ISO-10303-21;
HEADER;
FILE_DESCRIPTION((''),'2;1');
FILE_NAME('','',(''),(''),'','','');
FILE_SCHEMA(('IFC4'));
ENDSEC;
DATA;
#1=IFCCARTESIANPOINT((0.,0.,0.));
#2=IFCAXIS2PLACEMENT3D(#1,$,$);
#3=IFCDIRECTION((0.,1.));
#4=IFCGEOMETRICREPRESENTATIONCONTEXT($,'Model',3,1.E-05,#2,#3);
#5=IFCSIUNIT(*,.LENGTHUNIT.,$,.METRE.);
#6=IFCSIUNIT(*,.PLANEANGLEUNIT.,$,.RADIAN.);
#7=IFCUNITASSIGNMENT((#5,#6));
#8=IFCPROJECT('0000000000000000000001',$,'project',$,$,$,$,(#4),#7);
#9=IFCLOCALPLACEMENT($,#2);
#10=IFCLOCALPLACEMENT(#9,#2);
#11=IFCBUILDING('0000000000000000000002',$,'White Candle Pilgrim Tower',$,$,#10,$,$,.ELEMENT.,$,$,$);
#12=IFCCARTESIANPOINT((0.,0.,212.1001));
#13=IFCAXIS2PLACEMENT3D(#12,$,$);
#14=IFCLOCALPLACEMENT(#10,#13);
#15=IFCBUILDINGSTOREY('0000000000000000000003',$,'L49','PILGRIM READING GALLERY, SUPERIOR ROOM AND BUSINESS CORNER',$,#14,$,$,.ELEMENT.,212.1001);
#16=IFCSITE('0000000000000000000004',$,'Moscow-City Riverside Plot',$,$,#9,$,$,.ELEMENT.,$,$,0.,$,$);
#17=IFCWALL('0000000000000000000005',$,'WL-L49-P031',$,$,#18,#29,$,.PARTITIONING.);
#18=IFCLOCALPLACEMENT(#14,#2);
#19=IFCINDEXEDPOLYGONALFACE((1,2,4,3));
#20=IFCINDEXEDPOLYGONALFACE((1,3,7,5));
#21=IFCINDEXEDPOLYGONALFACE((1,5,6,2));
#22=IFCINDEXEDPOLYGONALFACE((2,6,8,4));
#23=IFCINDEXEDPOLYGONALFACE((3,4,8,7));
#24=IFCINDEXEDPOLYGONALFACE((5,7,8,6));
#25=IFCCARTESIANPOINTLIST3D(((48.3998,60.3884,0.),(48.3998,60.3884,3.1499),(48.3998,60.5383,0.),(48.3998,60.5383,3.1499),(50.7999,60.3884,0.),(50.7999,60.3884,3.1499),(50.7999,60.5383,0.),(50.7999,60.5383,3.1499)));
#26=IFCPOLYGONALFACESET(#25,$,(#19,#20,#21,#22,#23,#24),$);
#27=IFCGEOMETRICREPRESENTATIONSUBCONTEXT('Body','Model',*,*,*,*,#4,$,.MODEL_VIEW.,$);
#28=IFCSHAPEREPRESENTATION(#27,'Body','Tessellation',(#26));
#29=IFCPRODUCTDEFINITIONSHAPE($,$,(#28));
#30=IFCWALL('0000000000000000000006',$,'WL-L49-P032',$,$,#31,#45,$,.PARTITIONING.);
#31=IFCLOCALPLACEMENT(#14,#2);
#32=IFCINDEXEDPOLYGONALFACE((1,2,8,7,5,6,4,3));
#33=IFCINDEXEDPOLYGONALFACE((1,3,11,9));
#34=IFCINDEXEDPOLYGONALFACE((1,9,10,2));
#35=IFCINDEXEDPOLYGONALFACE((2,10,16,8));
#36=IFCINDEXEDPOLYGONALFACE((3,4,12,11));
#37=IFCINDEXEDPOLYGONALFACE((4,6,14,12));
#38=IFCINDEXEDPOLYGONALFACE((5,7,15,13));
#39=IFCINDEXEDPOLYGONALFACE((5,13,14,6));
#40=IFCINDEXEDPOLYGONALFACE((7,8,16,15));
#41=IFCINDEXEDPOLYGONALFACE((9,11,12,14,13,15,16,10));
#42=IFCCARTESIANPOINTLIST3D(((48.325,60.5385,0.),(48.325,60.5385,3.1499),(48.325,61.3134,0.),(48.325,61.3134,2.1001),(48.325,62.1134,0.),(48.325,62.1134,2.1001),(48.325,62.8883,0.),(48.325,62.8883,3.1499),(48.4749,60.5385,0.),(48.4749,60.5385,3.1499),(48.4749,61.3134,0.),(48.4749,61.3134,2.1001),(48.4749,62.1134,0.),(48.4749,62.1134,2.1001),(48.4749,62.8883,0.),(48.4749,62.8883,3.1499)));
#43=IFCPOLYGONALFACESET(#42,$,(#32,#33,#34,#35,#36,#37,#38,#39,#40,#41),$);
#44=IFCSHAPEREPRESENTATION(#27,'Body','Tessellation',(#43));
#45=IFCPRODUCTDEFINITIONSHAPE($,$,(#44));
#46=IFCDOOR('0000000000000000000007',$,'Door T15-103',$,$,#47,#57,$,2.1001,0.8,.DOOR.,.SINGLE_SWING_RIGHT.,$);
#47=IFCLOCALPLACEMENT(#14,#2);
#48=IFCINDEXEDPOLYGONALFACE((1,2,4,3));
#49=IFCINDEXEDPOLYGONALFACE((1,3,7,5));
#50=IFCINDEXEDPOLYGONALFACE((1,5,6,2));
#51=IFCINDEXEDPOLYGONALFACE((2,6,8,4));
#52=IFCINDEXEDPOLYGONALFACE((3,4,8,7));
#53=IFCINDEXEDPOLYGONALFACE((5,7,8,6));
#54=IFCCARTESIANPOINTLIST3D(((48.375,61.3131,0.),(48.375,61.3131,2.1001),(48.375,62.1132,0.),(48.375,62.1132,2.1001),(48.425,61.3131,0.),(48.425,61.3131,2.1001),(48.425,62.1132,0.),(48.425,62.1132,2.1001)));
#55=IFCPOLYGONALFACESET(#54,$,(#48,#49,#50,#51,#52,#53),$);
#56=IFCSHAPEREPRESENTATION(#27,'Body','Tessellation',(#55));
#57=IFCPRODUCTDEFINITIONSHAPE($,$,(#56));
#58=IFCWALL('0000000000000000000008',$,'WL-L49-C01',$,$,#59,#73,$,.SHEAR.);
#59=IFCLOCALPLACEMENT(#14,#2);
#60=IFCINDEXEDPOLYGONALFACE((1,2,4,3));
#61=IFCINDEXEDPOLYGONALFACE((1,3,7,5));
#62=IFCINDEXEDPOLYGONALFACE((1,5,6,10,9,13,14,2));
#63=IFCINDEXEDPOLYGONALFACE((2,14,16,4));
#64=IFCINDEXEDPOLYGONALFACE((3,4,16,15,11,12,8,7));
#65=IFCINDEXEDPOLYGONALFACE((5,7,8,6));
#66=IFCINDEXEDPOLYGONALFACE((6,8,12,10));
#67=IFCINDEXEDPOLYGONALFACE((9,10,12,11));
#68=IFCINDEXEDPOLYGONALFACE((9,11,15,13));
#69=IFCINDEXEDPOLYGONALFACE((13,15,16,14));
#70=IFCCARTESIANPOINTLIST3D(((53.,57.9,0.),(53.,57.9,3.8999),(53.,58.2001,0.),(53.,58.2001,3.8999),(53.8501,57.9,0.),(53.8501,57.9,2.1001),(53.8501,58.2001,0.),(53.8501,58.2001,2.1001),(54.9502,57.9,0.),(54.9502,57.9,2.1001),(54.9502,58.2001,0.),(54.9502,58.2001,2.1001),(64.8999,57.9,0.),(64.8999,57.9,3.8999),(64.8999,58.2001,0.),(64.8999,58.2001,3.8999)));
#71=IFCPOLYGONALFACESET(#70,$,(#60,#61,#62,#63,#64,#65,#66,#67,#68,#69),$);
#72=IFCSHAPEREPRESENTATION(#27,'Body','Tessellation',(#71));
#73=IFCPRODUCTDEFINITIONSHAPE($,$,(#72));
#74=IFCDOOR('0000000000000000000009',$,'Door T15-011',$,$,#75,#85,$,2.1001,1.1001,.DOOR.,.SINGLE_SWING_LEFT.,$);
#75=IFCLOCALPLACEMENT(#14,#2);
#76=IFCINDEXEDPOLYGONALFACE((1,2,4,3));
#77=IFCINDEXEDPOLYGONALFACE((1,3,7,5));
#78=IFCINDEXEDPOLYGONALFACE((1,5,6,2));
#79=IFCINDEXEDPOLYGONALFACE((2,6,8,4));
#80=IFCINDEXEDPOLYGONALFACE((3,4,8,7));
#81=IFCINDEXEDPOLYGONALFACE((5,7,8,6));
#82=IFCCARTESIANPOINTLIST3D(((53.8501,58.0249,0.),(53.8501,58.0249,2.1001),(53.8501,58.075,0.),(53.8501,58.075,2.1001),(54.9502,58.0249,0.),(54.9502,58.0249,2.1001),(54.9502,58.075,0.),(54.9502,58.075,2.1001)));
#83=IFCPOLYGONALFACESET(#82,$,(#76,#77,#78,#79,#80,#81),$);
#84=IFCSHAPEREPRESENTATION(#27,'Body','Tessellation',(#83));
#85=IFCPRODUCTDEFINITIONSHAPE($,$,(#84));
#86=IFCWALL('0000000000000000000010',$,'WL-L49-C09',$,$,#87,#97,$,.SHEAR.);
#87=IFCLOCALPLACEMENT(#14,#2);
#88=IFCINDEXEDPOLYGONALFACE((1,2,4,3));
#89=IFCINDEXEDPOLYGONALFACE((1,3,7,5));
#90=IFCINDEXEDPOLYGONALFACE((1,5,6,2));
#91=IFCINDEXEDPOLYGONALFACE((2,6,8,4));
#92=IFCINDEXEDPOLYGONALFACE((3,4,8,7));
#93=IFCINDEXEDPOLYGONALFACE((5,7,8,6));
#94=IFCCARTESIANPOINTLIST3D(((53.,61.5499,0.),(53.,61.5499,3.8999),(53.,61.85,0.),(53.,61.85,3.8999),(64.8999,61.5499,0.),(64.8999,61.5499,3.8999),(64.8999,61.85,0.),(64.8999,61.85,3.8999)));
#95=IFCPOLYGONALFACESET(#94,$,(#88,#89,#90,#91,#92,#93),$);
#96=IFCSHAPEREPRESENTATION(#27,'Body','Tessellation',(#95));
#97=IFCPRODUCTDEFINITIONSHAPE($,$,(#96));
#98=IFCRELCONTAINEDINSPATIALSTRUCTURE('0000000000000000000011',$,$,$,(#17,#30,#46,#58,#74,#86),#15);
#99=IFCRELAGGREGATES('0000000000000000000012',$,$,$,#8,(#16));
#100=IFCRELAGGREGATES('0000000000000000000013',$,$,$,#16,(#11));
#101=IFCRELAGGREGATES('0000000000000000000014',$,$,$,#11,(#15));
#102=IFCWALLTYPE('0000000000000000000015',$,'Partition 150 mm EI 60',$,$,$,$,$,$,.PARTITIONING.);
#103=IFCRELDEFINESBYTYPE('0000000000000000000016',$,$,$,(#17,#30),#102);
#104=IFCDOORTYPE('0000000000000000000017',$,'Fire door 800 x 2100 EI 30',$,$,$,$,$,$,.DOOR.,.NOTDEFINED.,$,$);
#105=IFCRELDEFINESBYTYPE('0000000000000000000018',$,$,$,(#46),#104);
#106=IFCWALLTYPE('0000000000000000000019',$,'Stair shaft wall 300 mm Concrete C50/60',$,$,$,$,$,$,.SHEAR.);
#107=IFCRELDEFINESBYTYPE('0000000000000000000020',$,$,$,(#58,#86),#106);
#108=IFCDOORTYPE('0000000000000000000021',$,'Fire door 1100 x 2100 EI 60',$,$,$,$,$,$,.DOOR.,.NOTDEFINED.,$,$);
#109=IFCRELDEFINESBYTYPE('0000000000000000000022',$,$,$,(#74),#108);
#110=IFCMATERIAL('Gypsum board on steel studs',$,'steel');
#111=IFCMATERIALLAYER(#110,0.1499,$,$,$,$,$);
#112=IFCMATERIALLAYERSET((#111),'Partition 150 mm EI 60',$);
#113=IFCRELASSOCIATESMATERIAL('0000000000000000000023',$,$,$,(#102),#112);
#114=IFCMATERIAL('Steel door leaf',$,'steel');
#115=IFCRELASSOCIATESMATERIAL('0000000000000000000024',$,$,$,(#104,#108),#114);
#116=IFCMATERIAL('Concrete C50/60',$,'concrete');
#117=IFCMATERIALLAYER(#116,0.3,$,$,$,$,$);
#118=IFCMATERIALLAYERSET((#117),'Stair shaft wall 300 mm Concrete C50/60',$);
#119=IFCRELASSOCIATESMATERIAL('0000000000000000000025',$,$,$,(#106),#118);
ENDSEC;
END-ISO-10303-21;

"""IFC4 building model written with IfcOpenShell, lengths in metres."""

from ifc_helpers import new_model, si_unit, direction, frame, frame_2d, origin, place, context, subcontext, project, spatial, rectangle, extrude, material, layer, layer_set, type_object, element, fill, save


model = new_model("IFC4")

# Units and contexts
model_context = context("Model", 3, precision=1e-05, world=origin(), true_north=direction((0.0, 1.0)))
body_context = subcontext(model_context, "Body", "Model", "MODEL_VIEW")
ifc_project = project(units=[si_unit("LENGTHUNIT", "METRE"), si_unit("PLANEANGLEUNIT", "RADIAN")], contexts=[model_context])

# Site, building, storey
site_placement = place(None, origin())
site = spatial("IfcSite", under=ifc_project, at=site_placement, Name="Moscow-City Riverside Plot", CompositionType="ELEMENT", RefElevation=0.0)
building_placement = place(site_placement, origin())
building = spatial("IfcBuilding", under=site, at=building_placement, Name="White Candle Pilgrim Tower", CompositionType="ELEMENT")
storey_placement = place(building_placement, frame((0.0, 0.0, 212.1001)))
storey = spatial("IfcBuildingStorey", under=building, at=storey_placement, Name="L49", Description="PILGRIM READING GALLERY, SUPERIOR ROOM AND BUSINESS CORNER", CompositionType="ELEMENT", Elevation=212.1001)

# Shared definitions
ifc_material_1 = material(Name="Concrete C50/60", Category="concrete")

# Shared definitions
ifc_material_2 = material(Name="Gypsum board on steel studs", Category="steel")
ifc_material_3 = material(Name="Steel door leaf", Category="steel")

# Wall
ifc_layer_1 = layer(ifc_material_2, 0.1499)
ifc_layer_set_1 = layer_set([ifc_layer_1], Name="Partition 150 mm EI 60")
wall_type_1 = type_object("IfcWallType", Name="Partition 150 mm EI 60", PredefinedType="PARTITIONING", material=ifc_layer_set_1)
wall_1_placement = place(storey_placement, frame((50.8, 60.4634, 0.0), z_axis=(0.0, 0.0, 1.0), x_axis=(-1.0, 0.0, 0.0)))
element("IfcWall", 1, at=wall_1_placement, inside=storey, type_object=wall_type_1, Name="WL-L49-P031", PredefinedType="PARTITIONING", context=body_context, shape_type="SweptSolid", body=[
    extrude(rectangle(XDim=2.4001, YDim=0.1499, at=frame_2d((1.2002, 0.0))), origin(), (0.0, 0.0, 1.0), 3.1499),
])

# Walls, openings, doors
wall_2_placement = place(storey_placement, frame((48.3999, 62.8882, 0.0), z_axis=(0.0, 0.0, 1.0), x_axis=(0.0, -1.0, 0.0)))
wall_2 = element("IfcWall", 2, at=wall_2_placement, inside=storey, type_object=wall_type_1, Name="WL-L49-P032", PredefinedType="PARTITIONING", context=body_context, shape_type="SweptSolid", body=[
    extrude(rectangle(XDim=2.3499, YDim=0.1499, at=frame_2d((1.1748, 0.0))), origin(), (0.0, 0.0, 1.0), 3.1499),
])
opening_1_placement = place(wall_2_placement, frame((0.7749, 0.0, 0.0)))
opening_1 = element("IfcOpeningElement", 3, at=opening_1_placement, cuts=wall_2, PredefinedType="OPENING", context=body_context, shape_type="SweptSolid", body=[
    extrude(rectangle(XDim=0.8, YDim=2.1001, at=frame_2d((0.3999, 1.05))), frame((0.0, 0.085, 0.0), z_axis=(0.0, -1.0, 0.0), x_axis=(1.0, 0.0, 0.0)), (0.0, 0.0, 1.0), 0.1699),
])
door_type_1 = type_object("IfcDoorType", Name="Fire door 800 x 2100 EI 30", OperationType="NOTDEFINED", PredefinedType="DOOR", material=ifc_material_3)
door_1_placement = place(opening_1_placement, frame((0.8, 0.0, 0.0), z_axis=(0.0, 0.0, 1.0), x_axis=(-1.0, 0.0, 0.0)))
door_1 = element("IfcDoor", 4, at=door_1_placement, inside=storey, type_object=door_type_1, Name="Door T15-103", OperationType="SINGLE_SWING_RIGHT", OverallHeight=2.1001, OverallWidth=0.8, PredefinedType="DOOR", context=body_context, shape_type="SweptSolid", body=[
    extrude(rectangle(XDim=0.8, YDim=2.1001, at=frame_2d((0.3999, 1.05))), frame((0.0, 0.0249, 0.0), z_axis=(0.0, -1.0, 0.0), x_axis=(1.0, 0.0, 0.0)), (0.0, 0.0, 1.0), 0.05),
])
fill(opening_1, door_1)
ifc_layer_2 = layer(ifc_material_1, 0.3)
ifc_layer_set_2 = layer_set([ifc_layer_2], Name="Stair shaft wall 300 mm Concrete C50/60")
wall_type_2 = type_object("IfcWallType", Name="Stair shaft wall 300 mm Concrete C50/60", PredefinedType="SHEAR", material=ifc_layer_set_2)
wall_3_placement = place(storey_placement, frame((53.0, 58.05, 0.0), z_axis=(0.0, 0.0, 1.0), x_axis=(1.0, 0.0, 0.0)))
wall_3 = element("IfcWall", 5, at=wall_3_placement, inside=storey, type_object=wall_type_2, Name="WL-L49-C01", PredefinedType="SHEAR", context=body_context, shape_type="SweptSolid", body=[
    extrude(rectangle(XDim=11.8999, YDim=0.3, at=frame_2d((5.95, 0.0))), origin(), (0.0, 0.0, 1.0), 3.8999),
])
opening_2_placement = place(wall_3_placement, frame((0.8501, 0.0, 0.0)))
opening_2 = element("IfcOpeningElement", 6, at=opening_2_placement, cuts=wall_3, PredefinedType="OPENING", context=body_context, shape_type="SweptSolid", body=[
    extrude(rectangle(XDim=1.1001, YDim=2.1001, at=frame_2d((0.55, 1.05))), frame((0.0, 0.1599, 0.0), z_axis=(0.0, -1.0, 0.0), x_axis=(1.0, 0.0, 0.0)), (0.0, 0.0, 1.0), 0.3201),
])
door_type_2 = type_object("IfcDoorType", Name="Fire door 1100 x 2100 EI 60", OperationType="NOTDEFINED", PredefinedType="DOOR", material=ifc_material_3)
door_2_placement = place(opening_2_placement, origin())
door_2 = element("IfcDoor", 7, at=door_2_placement, inside=storey, type_object=door_type_2, Name="Door T15-011", OperationType="SINGLE_SWING_LEFT", OverallHeight=2.1001, OverallWidth=1.1001, PredefinedType="DOOR", context=body_context, shape_type="SweptSolid", body=[
    extrude(rectangle(XDim=1.1001, YDim=2.1001, at=frame_2d((0.55, 1.05))), frame((0.0, 0.0249, 0.0), z_axis=(0.0, -1.0, 0.0), x_axis=(1.0, 0.0, 0.0)), (0.0, 0.0, 1.0), 0.05),
])
fill(opening_2, door_2)

# Wall
wall_4_placement = place(storey_placement, frame((53.0, 61.7, 0.0), z_axis=(0.0, 0.0, 1.0), x_axis=(1.0, 0.0, 0.0)))
element("IfcWall", 8, at=wall_4_placement, inside=storey, type_object=wall_type_2, Name="WL-L49-C09", PredefinedType="SHEAR", context=body_context, shape_type="SweptSolid", body=[
    extrude(rectangle(XDim=11.8999, YDim=0.3, at=frame_2d((5.95, 0.0))), origin(), (0.0, 0.0, 1.0), 3.8999),
])

save(model, "model.ifc")
